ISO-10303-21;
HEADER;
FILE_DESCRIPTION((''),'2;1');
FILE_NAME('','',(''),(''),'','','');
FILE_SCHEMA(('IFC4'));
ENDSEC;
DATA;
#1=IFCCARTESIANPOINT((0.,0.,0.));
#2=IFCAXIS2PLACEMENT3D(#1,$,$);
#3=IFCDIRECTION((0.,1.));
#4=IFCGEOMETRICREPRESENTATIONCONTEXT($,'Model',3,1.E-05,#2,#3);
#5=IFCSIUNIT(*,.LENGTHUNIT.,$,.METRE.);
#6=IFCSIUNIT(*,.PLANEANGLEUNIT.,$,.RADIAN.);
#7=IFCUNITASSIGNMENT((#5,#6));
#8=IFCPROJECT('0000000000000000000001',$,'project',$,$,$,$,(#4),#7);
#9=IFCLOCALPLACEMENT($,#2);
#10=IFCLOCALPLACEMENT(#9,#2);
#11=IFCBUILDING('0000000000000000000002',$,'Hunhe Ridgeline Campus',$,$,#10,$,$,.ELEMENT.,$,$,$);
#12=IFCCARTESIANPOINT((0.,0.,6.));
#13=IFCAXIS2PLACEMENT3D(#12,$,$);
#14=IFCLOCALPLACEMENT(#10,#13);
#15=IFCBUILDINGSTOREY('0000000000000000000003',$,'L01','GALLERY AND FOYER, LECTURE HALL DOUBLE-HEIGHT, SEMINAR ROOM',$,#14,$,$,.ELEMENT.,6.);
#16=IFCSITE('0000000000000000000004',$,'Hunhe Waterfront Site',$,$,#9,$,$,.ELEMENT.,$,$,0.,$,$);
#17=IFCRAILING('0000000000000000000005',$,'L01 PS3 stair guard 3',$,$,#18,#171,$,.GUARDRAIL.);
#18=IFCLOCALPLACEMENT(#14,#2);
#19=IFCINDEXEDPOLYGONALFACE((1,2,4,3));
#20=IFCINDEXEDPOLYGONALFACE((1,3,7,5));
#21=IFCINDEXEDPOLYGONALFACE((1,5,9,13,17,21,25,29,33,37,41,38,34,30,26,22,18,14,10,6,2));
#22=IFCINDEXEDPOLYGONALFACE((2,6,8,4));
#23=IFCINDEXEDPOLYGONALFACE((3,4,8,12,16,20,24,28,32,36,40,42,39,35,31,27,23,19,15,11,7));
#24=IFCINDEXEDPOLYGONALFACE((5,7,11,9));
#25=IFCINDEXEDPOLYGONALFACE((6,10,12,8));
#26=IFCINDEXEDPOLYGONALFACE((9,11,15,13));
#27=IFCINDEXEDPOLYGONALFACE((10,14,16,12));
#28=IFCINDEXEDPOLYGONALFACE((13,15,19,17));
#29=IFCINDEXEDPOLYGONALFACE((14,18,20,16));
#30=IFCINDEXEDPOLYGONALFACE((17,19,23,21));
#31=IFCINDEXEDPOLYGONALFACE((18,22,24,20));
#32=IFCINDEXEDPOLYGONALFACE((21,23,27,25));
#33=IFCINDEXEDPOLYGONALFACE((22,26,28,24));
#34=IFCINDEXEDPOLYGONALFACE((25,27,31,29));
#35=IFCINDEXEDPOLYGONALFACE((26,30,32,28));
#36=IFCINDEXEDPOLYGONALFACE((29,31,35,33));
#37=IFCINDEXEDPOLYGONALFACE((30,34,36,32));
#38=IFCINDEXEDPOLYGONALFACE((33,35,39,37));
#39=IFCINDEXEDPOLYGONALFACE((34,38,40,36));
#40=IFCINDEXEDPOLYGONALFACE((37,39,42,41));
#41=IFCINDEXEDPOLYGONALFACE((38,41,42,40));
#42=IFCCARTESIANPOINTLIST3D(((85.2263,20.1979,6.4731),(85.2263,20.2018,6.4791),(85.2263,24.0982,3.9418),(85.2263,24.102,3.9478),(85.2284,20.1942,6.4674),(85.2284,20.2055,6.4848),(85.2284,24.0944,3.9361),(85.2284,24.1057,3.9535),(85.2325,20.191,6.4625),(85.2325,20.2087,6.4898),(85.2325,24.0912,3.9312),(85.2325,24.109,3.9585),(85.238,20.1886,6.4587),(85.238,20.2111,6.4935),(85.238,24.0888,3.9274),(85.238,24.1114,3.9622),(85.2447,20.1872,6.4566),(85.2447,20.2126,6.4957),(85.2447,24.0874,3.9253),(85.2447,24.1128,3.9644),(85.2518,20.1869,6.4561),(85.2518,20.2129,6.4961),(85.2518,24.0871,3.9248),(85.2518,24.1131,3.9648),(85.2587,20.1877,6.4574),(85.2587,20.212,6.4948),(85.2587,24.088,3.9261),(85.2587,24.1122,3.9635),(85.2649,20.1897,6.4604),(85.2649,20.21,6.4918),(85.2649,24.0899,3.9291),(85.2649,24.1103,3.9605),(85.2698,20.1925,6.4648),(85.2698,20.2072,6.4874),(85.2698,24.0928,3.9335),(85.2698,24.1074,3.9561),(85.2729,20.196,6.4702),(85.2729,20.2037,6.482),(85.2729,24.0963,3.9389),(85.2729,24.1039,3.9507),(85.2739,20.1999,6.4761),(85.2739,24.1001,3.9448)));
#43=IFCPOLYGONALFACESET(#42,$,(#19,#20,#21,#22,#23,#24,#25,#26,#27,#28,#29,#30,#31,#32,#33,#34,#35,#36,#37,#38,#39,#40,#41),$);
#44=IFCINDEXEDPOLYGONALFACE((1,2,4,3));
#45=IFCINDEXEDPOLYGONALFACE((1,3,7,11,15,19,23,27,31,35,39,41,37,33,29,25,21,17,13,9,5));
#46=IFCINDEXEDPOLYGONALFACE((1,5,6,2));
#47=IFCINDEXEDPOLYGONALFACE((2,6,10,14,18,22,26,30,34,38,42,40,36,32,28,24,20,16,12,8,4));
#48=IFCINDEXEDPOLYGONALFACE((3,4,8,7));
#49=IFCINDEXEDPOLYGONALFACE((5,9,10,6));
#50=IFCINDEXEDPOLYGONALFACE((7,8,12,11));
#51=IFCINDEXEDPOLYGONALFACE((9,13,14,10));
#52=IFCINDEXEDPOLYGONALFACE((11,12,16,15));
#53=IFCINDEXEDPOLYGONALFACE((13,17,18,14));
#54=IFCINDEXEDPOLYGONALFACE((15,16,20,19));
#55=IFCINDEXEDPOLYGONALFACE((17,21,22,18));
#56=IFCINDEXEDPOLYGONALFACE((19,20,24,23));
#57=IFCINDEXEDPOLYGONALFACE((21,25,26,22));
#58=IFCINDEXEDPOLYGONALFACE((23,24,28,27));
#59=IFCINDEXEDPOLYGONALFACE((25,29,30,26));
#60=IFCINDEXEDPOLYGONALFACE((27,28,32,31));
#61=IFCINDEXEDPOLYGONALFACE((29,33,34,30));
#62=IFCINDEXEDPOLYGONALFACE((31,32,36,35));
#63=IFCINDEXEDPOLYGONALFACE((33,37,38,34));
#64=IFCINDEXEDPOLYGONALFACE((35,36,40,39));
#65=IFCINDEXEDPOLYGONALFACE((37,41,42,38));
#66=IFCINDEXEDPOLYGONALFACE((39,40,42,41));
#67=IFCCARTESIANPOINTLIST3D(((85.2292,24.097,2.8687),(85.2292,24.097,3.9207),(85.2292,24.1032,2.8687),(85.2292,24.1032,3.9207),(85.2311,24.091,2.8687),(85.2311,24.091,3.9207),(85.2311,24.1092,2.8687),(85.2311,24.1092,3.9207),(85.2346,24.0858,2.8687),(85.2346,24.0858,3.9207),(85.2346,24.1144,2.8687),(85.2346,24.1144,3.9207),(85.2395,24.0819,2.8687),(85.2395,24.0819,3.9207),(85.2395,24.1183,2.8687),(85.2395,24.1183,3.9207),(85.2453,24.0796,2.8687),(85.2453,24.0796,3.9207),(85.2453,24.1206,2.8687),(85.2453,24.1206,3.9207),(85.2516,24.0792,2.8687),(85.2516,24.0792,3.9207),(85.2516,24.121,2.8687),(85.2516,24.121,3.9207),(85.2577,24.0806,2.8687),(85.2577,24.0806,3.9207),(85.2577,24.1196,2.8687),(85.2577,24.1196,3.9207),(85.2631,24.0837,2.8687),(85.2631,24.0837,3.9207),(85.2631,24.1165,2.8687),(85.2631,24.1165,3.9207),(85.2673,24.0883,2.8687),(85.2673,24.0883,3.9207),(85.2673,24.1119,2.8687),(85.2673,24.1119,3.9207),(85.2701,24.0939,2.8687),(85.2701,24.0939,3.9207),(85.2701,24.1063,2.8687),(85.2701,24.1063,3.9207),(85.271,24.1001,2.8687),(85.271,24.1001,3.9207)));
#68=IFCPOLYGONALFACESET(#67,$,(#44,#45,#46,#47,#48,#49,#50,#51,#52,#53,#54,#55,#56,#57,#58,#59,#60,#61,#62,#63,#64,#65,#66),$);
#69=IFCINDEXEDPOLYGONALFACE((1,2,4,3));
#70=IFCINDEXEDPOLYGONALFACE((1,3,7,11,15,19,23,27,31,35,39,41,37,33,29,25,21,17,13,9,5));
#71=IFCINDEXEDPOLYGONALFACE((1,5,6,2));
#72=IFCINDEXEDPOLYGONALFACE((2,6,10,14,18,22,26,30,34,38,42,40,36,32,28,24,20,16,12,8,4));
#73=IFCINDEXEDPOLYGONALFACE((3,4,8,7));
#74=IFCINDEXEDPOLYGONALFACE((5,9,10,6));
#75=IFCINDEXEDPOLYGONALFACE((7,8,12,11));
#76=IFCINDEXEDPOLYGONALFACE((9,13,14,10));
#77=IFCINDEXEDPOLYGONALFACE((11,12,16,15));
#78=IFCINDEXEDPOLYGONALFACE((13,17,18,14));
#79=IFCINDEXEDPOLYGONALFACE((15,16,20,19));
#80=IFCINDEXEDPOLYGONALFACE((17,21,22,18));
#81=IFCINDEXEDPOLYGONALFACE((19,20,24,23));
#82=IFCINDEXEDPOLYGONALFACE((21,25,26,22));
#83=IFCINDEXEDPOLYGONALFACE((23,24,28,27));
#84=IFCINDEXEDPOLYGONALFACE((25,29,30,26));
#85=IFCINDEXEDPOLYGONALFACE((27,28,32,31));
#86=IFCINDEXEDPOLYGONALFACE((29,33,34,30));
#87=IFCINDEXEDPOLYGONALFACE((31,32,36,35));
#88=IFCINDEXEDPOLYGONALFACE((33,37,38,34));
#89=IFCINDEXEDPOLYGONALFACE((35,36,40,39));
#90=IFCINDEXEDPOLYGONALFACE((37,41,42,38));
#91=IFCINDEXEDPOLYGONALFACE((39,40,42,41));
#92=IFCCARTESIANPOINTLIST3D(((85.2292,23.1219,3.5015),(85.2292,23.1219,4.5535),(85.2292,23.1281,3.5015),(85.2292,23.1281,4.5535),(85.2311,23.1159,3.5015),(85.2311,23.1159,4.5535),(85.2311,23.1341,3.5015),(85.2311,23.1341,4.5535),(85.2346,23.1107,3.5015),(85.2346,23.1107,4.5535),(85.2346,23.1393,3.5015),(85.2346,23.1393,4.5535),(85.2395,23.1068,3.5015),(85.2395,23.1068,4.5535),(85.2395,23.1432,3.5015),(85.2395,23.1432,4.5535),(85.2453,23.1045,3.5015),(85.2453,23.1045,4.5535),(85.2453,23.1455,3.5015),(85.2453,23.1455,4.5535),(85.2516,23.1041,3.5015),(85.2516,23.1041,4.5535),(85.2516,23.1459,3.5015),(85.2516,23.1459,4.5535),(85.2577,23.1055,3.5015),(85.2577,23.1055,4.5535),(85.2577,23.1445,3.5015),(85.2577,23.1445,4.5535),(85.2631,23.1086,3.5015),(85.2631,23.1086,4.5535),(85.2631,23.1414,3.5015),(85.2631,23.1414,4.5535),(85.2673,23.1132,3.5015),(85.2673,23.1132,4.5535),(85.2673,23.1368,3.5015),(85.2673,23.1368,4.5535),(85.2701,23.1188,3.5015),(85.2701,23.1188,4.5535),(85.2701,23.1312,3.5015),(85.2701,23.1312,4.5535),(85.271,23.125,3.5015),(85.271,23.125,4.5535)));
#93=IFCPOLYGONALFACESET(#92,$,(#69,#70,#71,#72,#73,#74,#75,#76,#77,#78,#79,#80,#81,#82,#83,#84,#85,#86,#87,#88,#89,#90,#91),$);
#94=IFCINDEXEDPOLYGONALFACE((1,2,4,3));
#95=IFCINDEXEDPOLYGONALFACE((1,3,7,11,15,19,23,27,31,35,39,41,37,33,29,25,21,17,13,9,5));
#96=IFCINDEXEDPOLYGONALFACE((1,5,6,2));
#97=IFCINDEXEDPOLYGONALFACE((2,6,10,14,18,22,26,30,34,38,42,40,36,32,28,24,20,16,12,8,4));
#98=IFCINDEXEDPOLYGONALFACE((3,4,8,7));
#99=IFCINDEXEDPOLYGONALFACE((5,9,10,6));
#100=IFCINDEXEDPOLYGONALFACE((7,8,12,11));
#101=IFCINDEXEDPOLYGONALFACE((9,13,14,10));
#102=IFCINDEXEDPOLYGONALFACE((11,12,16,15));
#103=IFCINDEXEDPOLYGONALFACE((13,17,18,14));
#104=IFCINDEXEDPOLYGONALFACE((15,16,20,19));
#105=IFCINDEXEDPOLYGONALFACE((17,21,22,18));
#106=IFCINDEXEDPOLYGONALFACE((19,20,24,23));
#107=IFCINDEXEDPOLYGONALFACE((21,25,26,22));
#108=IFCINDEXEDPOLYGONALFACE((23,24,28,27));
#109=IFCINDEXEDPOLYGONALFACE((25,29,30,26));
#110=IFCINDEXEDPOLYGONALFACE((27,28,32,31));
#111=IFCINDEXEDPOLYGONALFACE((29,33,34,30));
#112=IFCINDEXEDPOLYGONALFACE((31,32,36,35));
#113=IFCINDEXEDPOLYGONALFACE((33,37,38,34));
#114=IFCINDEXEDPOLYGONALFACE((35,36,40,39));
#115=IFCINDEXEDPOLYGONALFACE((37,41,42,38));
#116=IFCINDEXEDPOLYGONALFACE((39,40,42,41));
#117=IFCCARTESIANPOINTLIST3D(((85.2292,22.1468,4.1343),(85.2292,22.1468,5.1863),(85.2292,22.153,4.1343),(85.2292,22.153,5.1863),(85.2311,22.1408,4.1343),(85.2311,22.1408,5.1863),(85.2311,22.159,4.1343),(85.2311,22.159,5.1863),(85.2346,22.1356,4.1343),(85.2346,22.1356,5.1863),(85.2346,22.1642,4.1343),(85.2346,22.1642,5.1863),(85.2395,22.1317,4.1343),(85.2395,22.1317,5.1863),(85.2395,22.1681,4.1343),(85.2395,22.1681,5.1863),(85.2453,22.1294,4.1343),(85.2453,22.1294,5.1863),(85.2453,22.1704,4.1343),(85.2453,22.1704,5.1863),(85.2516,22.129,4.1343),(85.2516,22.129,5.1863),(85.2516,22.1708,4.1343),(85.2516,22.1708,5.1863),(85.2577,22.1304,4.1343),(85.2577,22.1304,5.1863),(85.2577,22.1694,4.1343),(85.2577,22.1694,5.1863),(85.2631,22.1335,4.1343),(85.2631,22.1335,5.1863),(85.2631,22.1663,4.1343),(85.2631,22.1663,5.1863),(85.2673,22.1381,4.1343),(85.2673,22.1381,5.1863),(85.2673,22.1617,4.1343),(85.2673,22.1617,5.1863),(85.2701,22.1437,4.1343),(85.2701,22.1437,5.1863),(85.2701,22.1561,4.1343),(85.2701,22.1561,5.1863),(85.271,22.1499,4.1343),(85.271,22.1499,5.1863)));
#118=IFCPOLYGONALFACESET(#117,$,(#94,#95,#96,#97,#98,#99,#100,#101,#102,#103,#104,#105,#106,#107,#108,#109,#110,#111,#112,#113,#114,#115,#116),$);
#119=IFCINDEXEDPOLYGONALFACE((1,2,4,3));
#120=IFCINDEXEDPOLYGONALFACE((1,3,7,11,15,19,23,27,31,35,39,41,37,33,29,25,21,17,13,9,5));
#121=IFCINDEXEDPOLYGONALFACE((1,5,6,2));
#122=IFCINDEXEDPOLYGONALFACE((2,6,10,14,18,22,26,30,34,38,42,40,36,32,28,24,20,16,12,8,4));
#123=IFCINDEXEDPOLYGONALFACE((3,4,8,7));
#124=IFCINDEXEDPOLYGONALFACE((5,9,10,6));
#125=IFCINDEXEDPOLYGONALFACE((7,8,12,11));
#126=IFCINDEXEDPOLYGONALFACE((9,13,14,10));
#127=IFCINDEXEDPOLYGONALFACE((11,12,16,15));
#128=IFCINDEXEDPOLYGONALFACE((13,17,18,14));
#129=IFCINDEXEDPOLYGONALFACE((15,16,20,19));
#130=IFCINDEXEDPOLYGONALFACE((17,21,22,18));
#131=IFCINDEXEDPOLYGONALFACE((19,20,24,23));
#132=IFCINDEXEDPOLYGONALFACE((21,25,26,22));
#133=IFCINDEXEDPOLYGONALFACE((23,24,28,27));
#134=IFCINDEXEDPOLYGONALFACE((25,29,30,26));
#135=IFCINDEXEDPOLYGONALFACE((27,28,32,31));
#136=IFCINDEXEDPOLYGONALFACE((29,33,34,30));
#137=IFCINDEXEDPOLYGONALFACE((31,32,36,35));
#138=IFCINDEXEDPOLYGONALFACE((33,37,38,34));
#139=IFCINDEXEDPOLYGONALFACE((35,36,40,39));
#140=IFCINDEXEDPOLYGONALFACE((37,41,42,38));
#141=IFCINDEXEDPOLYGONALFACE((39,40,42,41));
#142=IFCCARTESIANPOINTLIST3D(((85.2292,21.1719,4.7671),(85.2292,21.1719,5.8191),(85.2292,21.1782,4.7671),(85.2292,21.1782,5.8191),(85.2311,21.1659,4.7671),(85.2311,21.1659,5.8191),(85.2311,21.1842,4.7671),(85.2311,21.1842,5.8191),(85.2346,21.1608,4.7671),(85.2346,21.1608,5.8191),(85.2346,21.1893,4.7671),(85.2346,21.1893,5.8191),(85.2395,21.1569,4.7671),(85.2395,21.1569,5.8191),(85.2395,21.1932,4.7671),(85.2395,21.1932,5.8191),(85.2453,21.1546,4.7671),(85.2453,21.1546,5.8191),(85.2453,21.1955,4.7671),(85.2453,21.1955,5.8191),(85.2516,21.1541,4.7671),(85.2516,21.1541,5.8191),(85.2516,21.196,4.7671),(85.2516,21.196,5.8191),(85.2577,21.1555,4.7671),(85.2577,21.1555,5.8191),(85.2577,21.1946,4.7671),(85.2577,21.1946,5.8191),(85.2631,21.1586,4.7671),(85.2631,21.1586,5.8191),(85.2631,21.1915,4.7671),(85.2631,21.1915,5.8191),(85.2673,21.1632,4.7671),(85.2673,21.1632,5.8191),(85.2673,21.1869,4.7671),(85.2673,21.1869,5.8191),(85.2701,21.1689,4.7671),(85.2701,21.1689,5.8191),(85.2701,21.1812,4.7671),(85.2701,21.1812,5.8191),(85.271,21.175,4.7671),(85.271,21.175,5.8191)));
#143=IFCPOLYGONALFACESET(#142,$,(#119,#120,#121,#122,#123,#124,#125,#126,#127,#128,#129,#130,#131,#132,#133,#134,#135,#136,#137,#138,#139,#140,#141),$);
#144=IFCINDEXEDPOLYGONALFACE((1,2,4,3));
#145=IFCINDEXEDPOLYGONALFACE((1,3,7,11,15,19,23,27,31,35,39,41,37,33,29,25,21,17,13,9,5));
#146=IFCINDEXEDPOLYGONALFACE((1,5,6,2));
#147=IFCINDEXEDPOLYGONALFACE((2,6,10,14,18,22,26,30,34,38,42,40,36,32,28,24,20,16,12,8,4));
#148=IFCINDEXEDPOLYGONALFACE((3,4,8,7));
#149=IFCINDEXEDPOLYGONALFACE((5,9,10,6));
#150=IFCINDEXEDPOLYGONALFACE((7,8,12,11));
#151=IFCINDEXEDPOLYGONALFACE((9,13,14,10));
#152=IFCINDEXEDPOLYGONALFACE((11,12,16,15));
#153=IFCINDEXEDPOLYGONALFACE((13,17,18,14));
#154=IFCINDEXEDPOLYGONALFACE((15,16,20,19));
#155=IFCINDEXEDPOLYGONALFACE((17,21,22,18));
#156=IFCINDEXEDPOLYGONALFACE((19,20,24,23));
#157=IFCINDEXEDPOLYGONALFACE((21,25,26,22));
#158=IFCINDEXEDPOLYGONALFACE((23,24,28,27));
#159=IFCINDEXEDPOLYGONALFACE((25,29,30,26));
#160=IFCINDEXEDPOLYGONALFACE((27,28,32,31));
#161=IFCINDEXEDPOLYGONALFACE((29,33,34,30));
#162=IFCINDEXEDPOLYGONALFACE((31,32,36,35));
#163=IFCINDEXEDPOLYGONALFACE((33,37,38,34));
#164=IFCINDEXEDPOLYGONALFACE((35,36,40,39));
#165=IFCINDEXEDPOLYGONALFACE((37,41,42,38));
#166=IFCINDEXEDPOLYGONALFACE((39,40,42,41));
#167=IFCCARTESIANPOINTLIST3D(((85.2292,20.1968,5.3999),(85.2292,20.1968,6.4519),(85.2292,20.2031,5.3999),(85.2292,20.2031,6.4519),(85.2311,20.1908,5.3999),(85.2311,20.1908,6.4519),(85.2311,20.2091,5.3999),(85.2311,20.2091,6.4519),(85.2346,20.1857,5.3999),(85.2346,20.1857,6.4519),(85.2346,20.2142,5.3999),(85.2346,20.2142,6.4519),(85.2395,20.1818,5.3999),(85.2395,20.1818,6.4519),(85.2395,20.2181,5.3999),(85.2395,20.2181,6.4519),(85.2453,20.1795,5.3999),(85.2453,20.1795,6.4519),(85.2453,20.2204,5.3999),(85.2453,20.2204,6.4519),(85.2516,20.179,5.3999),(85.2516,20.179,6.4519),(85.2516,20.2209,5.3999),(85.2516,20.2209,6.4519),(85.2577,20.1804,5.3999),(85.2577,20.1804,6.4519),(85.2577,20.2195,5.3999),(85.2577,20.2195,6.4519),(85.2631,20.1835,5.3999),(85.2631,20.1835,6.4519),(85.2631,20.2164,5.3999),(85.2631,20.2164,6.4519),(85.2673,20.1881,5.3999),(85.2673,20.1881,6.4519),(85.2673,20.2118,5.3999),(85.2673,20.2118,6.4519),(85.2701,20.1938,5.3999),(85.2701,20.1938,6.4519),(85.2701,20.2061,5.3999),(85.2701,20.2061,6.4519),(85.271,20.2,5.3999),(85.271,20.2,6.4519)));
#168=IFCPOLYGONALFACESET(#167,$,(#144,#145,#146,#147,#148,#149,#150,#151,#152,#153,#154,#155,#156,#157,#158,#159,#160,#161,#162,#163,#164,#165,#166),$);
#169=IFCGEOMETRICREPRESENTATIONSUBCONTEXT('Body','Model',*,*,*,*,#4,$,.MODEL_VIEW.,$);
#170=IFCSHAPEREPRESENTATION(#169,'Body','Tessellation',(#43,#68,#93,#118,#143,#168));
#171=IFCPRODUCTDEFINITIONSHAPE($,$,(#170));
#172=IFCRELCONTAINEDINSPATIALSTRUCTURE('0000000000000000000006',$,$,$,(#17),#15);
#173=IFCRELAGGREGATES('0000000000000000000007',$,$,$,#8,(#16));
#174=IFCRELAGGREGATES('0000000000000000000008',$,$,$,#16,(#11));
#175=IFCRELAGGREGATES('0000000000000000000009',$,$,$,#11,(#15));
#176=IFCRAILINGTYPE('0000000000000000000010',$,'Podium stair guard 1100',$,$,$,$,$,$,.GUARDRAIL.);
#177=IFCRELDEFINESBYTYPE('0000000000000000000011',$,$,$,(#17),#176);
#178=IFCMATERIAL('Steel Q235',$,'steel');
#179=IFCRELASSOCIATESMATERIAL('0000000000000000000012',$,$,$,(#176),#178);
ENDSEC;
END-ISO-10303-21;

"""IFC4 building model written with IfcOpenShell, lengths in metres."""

from ifc_helpers import new_model, si_unit, direction, frame, origin, origin_2d, place, context, subcontext, project, spatial, circle, extrude, material, type_object, element, save


model = new_model("IFC4")

# Units and contexts
model_context = context("Model", 3, precision=1e-05, world=origin(), true_north=direction((0.0, 1.0)))
body_context = subcontext(model_context, "Body", "Model", "MODEL_VIEW")
ifc_project = project(units=[si_unit("LENGTHUNIT", "METRE"), si_unit("PLANEANGLEUNIT", "RADIAN")], contexts=[model_context])

# Site, building, storey
site_placement = place(None, origin())
site = spatial("IfcSite", under=ifc_project, at=site_placement, Name="Hunhe Waterfront Site", CompositionType="ELEMENT", RefElevation=0.0)
building_placement = place(site_placement, origin())
building = spatial("IfcBuilding", under=site, at=building_placement, Name="Hunhe Ridgeline Campus", CompositionType="ELEMENT")
storey_placement = place(building_placement, frame((0.0, 0.0, 6.0)))
storey = spatial("IfcBuildingStorey", under=building, at=storey_placement, Name="L01", Description="GALLERY AND FOYER, LECTURE HALL DOUBLE-HEIGHT, SEMINAR ROOM", CompositionType="ELEMENT", Elevation=6.0)

# Shared definitions
ifc_material_1 = material(Name="Steel Q235", Category="steel")

# Railing
railing_type_1 = type_object("IfcRailingType", Name="Podium stair guard 1100", PredefinedType="GUARDRAIL", material=ifc_material_1)
railing_1_placement = place(storey_placement, frame((85.25, 24.1001, 2.8687)))
element("IfcRailing", 1, at=railing_1_placement, inside=storey, type_object=railing_type_1, Name="L01 PS3 stair guard 3", PredefinedType="GUARDRAIL", context=body_context, shape_type="SweptSolid", body=[
    extrude(circle(Radius=0.0239, at=origin_2d()), frame((0.0, 0.0, 1.0762), z_axis=(0.0, -0.838821, 0.544407), x_axis=(1.0, 0.0, 0.0)), (0.0, 0.0, 1.0), 4.6497),
    extrude(circle(Radius=0.021, at=origin_2d()), origin(), (0.0, 0.0, 1.0), 1.052),
    extrude(circle(Radius=0.021, at=origin_2d()), frame((0.0, -0.9751, 0.6328)), (0.0, 0.0, 1.0), 1.052),
    extrude(circle(Radius=0.021, at=origin_2d()), frame((0.0, -1.9502, 1.2656)), (0.0, 0.0, 1.0), 1.052),
    extrude(circle(Radius=0.021, at=origin_2d()), frame((0.0, -2.925, 1.8984)), (0.0, 0.0, 1.0), 1.052),
    extrude(circle(Radius=0.021, at=origin_2d()), frame((0.0, -3.9001, 2.5312)), (0.0, 0.0, 1.0), 1.052),
])

save(model, "model.ifc")
